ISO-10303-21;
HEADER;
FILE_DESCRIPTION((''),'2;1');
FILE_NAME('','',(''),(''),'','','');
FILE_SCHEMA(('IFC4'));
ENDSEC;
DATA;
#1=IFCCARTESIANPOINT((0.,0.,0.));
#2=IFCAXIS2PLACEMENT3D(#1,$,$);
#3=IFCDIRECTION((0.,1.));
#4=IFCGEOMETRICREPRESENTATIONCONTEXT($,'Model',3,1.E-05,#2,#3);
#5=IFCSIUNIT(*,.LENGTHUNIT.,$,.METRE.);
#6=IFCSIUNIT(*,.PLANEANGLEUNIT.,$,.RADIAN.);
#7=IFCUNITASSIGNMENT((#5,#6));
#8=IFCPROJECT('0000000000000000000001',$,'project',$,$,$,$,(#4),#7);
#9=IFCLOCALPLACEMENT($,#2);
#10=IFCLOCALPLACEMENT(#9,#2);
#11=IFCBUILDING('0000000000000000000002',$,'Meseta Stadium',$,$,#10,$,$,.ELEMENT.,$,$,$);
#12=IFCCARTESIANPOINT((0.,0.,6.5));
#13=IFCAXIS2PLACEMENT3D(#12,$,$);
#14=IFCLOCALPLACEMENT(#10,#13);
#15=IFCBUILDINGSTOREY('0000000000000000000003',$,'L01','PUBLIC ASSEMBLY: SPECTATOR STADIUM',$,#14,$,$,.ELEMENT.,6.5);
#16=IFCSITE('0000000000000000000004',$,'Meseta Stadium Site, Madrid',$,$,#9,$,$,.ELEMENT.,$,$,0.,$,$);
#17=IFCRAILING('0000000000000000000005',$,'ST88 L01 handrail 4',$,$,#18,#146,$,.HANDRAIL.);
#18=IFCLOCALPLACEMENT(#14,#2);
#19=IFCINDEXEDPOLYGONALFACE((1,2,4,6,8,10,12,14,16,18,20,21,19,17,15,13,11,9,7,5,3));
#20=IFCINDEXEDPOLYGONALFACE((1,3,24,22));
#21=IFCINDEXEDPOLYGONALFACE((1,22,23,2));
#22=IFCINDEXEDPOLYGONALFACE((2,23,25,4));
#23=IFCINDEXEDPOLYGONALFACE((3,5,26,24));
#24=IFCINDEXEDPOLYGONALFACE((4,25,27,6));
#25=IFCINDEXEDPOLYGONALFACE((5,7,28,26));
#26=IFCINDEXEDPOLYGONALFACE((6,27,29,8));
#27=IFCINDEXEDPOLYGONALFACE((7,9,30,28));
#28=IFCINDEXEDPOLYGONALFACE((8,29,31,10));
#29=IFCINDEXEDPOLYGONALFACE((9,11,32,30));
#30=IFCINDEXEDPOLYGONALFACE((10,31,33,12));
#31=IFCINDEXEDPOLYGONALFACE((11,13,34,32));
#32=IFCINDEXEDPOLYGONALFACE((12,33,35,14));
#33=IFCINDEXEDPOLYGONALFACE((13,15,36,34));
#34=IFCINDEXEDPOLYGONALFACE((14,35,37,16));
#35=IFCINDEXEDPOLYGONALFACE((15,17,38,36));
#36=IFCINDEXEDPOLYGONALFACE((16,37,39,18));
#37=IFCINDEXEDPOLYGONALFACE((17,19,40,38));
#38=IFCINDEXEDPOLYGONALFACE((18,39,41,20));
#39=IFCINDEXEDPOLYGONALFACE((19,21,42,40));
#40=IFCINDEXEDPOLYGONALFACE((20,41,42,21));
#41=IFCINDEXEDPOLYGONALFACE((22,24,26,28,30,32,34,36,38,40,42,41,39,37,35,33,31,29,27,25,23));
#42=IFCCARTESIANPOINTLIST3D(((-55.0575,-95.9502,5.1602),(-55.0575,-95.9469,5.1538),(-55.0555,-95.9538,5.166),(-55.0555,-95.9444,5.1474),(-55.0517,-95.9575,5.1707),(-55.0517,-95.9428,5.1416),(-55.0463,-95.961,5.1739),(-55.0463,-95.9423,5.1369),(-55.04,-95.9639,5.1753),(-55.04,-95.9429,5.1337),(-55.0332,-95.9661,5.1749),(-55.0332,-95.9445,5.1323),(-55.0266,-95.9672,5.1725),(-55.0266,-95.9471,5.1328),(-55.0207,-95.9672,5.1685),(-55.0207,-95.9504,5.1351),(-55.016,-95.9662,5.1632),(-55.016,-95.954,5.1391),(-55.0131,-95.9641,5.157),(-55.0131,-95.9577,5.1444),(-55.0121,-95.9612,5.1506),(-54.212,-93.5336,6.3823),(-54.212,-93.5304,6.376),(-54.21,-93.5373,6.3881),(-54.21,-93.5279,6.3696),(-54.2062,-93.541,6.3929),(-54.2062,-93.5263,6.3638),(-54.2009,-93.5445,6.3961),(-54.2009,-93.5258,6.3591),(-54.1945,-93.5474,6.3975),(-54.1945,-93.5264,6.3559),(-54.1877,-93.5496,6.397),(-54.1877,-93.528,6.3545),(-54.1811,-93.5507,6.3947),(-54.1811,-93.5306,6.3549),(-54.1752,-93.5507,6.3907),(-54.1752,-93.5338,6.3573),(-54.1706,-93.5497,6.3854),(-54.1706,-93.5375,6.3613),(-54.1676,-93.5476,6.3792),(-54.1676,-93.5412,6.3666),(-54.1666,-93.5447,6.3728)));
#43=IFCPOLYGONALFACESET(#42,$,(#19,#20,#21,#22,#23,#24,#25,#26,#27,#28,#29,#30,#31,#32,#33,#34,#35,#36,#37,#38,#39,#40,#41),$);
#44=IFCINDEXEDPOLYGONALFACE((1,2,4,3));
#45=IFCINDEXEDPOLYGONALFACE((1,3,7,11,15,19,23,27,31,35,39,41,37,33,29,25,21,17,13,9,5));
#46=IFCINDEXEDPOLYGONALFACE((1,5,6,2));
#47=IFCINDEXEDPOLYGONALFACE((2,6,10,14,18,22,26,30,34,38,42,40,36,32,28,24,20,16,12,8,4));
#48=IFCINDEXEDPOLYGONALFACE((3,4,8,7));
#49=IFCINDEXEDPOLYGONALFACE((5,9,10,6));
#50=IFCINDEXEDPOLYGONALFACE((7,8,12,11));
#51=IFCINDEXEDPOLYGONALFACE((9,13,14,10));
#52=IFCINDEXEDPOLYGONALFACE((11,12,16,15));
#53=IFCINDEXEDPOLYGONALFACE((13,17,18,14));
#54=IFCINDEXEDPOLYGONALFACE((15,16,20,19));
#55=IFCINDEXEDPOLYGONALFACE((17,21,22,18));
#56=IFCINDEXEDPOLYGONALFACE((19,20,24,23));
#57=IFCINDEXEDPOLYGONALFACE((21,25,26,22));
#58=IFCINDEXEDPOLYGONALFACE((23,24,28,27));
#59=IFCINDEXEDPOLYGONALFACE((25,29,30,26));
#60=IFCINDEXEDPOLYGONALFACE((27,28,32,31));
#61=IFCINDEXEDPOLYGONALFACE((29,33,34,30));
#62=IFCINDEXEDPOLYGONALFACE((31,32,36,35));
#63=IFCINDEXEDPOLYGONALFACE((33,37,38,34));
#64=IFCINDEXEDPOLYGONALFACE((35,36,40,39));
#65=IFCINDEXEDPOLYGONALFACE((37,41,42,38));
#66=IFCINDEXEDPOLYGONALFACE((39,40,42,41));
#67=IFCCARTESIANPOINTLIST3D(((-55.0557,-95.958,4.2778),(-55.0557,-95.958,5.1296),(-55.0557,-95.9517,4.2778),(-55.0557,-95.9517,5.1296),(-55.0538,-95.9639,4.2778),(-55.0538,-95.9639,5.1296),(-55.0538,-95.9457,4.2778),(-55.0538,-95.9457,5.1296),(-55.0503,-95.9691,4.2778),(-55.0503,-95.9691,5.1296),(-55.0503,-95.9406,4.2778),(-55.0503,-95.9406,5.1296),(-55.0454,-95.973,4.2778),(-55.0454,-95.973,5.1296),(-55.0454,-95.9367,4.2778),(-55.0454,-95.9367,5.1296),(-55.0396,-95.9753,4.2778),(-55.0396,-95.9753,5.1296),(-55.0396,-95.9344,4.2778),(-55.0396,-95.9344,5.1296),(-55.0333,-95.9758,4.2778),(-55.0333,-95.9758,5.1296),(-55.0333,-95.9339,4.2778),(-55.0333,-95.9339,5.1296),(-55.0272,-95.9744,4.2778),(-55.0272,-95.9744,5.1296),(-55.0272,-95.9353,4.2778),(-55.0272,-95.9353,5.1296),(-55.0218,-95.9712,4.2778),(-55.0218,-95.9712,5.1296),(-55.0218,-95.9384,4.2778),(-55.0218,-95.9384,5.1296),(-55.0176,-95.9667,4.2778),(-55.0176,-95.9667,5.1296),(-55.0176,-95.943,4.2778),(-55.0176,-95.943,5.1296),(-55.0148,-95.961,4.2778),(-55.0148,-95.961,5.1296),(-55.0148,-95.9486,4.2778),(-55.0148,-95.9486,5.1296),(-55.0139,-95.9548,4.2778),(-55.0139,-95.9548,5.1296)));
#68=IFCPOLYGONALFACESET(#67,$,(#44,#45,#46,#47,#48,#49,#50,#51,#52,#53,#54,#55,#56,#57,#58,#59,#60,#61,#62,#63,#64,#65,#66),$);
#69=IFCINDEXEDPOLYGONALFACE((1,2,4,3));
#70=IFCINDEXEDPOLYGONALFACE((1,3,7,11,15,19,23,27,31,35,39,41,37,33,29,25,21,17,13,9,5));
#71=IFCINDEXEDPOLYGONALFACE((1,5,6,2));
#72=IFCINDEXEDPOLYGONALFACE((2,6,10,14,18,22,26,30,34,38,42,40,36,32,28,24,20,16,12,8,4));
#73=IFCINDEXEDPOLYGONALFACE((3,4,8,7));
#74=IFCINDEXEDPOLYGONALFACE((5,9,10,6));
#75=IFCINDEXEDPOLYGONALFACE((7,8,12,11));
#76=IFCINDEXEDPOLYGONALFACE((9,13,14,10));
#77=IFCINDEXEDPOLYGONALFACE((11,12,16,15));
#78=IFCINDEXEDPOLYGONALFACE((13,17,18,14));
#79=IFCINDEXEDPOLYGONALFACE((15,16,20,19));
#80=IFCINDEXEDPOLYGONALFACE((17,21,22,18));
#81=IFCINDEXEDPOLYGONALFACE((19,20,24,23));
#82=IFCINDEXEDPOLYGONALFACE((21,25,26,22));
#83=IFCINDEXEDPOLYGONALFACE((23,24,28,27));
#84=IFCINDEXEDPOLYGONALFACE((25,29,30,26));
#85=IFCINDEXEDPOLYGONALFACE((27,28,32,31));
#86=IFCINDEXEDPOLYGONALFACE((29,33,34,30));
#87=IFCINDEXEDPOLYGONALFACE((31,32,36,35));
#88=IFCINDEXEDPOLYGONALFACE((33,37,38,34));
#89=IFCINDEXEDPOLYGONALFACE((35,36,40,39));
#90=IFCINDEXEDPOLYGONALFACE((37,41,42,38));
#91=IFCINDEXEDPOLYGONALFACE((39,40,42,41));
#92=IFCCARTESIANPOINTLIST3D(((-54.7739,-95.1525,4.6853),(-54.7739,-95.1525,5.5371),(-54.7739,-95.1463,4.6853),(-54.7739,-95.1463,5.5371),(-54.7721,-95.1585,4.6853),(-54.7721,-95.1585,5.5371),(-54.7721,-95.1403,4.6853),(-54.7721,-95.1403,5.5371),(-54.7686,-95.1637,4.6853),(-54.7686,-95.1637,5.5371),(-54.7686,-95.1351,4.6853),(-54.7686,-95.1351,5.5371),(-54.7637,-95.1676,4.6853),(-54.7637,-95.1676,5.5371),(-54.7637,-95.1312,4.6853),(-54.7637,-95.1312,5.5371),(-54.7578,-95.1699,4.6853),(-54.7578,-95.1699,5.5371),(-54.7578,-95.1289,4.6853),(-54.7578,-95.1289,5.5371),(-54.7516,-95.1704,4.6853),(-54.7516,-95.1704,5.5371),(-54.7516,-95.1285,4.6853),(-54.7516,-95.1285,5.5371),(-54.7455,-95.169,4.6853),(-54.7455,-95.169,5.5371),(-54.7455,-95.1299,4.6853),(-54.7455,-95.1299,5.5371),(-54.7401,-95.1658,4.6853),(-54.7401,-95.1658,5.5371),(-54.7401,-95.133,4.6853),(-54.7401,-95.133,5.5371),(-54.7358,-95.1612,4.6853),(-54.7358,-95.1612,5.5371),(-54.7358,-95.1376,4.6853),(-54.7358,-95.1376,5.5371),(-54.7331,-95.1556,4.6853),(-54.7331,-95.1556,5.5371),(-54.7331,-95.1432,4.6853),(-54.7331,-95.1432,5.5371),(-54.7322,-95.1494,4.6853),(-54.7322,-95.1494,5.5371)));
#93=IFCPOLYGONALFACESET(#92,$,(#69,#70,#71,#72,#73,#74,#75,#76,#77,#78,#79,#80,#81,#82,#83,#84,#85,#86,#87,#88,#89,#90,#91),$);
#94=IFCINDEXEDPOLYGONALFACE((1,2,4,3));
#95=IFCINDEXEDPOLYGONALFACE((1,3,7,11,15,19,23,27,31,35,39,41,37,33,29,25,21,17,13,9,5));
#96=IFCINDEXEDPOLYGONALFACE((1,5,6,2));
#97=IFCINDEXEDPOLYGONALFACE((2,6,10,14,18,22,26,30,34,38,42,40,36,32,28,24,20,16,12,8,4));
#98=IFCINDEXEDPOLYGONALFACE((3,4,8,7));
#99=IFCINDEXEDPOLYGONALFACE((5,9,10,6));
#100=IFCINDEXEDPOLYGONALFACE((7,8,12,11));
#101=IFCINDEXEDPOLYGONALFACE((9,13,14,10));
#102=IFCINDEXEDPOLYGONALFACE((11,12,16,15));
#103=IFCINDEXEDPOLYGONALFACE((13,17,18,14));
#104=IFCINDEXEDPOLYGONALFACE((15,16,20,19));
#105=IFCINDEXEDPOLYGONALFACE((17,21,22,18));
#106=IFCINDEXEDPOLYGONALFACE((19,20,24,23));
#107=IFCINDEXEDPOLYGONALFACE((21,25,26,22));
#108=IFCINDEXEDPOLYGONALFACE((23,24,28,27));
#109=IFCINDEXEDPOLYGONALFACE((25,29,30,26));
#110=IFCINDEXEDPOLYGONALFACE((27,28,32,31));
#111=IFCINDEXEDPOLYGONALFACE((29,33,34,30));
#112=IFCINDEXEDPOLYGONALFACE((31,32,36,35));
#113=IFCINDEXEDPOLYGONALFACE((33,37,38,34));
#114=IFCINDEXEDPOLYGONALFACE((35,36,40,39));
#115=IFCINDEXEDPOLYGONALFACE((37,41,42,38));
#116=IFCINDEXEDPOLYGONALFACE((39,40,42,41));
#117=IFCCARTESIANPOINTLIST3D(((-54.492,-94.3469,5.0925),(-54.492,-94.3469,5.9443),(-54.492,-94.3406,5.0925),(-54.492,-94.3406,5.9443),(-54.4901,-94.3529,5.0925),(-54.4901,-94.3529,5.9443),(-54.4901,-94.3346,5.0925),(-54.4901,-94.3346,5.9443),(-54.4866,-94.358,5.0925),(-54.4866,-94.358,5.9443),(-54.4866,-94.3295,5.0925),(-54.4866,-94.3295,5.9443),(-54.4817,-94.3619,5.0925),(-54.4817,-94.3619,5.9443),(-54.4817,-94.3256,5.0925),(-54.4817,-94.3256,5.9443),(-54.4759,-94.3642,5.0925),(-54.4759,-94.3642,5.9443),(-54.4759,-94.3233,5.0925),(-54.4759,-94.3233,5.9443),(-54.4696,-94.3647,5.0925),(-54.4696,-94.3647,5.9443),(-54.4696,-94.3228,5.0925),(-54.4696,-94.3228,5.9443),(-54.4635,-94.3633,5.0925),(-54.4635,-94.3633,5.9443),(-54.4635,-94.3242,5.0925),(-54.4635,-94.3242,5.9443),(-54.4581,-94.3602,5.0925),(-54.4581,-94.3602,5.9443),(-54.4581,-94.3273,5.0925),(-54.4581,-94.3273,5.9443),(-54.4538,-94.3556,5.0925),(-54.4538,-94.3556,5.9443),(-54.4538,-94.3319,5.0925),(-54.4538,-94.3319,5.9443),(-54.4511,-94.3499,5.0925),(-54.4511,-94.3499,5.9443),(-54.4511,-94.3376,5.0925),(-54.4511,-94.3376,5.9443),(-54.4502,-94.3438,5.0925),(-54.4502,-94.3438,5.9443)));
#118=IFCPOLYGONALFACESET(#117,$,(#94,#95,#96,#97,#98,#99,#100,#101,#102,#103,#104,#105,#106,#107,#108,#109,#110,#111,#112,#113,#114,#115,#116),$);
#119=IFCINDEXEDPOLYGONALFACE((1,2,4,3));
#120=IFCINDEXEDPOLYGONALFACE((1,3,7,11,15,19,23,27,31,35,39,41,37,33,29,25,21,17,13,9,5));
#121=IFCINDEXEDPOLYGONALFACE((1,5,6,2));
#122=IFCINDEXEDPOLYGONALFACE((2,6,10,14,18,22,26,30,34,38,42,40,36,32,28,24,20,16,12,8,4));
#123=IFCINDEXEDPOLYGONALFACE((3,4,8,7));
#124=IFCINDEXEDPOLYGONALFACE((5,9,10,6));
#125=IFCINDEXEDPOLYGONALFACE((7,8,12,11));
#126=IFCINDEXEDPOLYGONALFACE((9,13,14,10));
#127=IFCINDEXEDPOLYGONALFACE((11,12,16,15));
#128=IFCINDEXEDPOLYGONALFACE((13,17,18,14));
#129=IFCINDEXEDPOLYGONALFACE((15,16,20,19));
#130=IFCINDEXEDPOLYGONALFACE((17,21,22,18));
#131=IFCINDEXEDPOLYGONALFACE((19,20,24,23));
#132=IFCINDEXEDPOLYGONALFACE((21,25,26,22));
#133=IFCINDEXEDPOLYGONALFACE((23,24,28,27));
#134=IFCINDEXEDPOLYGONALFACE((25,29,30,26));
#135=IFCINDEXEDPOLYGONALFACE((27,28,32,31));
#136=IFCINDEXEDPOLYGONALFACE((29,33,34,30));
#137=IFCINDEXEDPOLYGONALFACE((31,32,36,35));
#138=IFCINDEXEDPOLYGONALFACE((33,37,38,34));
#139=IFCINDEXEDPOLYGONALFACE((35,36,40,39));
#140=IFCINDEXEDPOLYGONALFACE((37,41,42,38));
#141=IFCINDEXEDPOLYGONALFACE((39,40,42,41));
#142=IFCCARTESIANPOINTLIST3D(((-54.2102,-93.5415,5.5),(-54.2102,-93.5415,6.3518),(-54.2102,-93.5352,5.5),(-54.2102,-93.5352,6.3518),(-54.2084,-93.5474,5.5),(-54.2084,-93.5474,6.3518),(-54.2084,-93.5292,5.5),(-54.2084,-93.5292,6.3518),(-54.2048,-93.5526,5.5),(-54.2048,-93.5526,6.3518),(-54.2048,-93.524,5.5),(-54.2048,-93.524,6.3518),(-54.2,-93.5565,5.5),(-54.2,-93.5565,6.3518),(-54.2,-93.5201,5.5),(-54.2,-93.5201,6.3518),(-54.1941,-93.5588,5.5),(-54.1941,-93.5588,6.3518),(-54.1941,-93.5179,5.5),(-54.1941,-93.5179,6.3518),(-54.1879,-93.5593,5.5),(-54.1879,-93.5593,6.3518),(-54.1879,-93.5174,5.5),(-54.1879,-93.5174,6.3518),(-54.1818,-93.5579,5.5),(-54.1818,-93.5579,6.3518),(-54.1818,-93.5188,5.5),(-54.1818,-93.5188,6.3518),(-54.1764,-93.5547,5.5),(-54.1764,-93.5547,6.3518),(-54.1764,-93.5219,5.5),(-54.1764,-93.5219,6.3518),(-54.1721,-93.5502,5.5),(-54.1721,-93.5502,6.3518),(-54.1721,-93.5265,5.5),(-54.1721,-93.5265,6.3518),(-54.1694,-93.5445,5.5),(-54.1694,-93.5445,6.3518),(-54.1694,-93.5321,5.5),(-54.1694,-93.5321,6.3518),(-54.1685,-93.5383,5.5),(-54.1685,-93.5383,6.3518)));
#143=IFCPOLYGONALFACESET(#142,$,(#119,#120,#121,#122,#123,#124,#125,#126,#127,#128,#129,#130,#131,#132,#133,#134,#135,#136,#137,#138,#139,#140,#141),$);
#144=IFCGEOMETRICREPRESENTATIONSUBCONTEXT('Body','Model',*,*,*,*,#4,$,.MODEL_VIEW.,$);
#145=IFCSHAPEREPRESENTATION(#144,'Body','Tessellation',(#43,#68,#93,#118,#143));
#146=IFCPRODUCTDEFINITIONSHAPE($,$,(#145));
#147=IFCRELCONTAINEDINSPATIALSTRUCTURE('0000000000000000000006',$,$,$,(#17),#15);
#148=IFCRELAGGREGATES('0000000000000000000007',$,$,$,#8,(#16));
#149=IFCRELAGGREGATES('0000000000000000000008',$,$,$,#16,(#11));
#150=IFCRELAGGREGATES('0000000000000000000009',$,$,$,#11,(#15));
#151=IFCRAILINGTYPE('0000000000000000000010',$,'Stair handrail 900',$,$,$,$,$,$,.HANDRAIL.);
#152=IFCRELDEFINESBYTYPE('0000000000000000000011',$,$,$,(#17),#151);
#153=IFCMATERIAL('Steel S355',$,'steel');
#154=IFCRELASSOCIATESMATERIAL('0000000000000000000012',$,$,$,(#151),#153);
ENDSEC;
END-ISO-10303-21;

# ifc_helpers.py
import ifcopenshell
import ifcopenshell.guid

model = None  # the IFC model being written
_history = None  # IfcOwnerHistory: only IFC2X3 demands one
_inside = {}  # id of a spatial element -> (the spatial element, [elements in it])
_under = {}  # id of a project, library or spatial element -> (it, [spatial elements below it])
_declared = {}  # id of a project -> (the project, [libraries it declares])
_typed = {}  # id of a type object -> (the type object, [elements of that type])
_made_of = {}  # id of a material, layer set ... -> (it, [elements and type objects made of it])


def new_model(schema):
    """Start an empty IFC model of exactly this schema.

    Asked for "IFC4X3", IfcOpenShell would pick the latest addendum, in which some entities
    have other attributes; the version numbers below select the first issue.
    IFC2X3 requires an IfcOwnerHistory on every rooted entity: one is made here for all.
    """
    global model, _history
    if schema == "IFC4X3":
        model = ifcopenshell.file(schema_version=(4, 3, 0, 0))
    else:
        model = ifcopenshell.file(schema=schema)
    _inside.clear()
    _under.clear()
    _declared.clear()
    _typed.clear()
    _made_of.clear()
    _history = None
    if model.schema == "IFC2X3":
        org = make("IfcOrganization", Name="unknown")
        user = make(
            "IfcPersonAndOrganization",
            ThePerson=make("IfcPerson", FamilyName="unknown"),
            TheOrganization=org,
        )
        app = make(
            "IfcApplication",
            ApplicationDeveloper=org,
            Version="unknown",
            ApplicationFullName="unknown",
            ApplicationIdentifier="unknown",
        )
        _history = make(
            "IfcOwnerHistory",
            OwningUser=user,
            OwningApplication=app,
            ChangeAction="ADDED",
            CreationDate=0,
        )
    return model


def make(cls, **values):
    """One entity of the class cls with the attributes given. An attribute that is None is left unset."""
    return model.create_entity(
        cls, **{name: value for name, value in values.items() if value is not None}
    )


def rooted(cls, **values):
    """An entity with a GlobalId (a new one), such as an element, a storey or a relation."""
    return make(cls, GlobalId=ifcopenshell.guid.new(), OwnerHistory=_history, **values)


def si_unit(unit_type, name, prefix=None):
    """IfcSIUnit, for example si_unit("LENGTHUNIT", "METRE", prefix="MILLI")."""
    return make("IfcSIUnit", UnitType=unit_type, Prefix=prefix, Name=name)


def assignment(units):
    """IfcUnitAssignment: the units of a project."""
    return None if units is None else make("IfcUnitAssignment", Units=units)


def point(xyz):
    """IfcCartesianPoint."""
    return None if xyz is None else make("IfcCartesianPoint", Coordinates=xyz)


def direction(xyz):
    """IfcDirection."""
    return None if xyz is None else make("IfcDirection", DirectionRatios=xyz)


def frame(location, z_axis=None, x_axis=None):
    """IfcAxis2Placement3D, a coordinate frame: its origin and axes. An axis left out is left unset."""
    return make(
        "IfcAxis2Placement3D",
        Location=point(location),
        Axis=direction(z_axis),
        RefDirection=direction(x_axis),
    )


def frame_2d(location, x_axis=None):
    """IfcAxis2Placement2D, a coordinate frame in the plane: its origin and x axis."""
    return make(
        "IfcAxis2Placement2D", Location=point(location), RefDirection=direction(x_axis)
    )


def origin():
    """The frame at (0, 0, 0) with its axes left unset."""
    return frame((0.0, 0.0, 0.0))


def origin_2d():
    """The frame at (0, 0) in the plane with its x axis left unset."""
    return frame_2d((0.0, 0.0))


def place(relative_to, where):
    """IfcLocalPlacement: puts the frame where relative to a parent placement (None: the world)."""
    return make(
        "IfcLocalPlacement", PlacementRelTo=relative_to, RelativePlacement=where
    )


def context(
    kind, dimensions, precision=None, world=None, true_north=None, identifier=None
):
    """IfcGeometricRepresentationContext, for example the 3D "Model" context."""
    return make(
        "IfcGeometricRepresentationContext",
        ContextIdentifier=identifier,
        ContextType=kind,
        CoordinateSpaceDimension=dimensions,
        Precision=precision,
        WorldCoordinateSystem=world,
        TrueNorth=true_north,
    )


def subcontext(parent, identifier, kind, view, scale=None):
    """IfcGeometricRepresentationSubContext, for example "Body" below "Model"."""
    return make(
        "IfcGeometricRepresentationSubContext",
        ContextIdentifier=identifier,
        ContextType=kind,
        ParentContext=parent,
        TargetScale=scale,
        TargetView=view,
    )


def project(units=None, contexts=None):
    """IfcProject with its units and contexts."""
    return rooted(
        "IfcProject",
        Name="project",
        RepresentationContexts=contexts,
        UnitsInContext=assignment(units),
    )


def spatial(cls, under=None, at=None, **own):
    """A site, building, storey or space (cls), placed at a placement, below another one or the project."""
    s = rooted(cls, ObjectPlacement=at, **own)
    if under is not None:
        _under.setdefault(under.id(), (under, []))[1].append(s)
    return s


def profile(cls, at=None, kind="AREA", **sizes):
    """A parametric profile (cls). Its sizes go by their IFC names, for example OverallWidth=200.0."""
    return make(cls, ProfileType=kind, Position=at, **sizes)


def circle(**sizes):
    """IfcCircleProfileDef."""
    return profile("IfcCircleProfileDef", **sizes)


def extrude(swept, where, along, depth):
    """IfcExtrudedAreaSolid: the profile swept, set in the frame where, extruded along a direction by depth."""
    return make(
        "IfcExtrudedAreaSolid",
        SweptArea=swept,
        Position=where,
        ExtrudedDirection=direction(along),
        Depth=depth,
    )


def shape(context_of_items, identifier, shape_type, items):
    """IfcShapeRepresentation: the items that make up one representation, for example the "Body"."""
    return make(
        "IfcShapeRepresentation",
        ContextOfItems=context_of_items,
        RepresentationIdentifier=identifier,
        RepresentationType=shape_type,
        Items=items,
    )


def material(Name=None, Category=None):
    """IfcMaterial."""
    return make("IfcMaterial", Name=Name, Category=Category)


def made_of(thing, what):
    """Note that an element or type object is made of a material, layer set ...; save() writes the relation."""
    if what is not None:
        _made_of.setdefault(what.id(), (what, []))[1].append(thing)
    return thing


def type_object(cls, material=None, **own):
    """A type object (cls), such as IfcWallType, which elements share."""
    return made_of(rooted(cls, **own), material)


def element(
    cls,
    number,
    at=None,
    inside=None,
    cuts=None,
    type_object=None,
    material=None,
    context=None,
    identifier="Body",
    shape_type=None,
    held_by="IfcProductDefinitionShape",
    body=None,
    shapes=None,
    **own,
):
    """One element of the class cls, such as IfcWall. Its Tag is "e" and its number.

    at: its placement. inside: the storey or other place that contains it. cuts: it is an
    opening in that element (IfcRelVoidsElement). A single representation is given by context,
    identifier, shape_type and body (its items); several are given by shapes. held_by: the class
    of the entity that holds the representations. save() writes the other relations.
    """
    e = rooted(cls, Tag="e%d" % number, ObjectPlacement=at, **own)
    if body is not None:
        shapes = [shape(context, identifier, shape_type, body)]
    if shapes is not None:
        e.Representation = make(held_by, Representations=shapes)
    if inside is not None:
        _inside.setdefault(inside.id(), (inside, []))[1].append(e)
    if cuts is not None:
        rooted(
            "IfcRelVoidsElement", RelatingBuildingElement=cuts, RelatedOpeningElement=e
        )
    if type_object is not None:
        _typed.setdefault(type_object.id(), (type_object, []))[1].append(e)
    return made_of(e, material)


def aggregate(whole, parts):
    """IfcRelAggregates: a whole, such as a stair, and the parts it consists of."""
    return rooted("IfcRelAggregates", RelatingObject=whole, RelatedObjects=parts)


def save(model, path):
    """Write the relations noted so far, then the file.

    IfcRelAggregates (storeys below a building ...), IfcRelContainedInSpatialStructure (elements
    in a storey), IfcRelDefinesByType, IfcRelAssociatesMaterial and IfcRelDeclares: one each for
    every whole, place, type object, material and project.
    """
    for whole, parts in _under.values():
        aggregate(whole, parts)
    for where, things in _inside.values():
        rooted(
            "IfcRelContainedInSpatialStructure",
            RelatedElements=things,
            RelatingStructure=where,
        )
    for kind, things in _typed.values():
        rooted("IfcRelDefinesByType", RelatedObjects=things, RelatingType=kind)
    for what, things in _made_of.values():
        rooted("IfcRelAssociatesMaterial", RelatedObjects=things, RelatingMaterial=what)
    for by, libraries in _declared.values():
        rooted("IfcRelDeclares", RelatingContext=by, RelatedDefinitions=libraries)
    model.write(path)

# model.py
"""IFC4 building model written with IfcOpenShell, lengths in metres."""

from ifc_helpers import new_model, si_unit, direction, frame, origin, origin_2d, place, context, subcontext, project, spatial, circle, extrude, material, type_object, element, save


model = new_model("IFC4")

# Units and contexts
model_context = context("Model", 3, precision=1e-05, world=origin(), true_north=direction((0.0, 1.0)))
body_context = subcontext(model_context, "Body", "Model", "MODEL_VIEW")
ifc_project = project(units=[si_unit("LENGTHUNIT", "METRE"), si_unit("PLANEANGLEUNIT", "RADIAN")], contexts=[model_context])

# Site, building, storey
site_placement = place(None, origin())
site = spatial("IfcSite", under=ifc_project, at=site_placement, Name="Meseta Stadium Site, Madrid", CompositionType="ELEMENT", RefElevation=0.0)
building_placement = place(site_placement, origin())
building = spatial("IfcBuilding", under=site, at=building_placement, Name="Meseta Stadium", CompositionType="ELEMENT")
storey_placement = place(building_placement, frame((0.0, 0.0, 6.5)))
storey = spatial("IfcBuildingStorey", under=building, at=storey_placement, Name="L01", Description="PUBLIC ASSEMBLY: SPECTATOR STADIUM", CompositionType="ELEMENT", Elevation=6.5)

# Railing
ifc_material_1 = material(Name="Steel S355", Category="steel")
railing_type_1 = type_object("IfcRailingType", Name="Stair handrail 900", PredefinedType="HANDRAIL", material=ifc_material_1)
for number, where, name in (
    (1, (-55.0349, -95.9548, 4.2778), "ST88 L01 handrail 4"),
):
    element("IfcRailing", number, at=place(storey_placement, frame(where)), inside=storey, type_object=railing_type_1, Name=name, PredefinedType="HANDRAIL", context=body_context, shape_type="SweptSolid", body=[
        extrude(circle(Radius=0.0239, at=origin_2d()), frame((0.0, 0.0, 0.876), z_axis=(0.298022, 0.851812, 0.430811), x_axis=(-0.943897, 0.33024, 0.0)), (0.0, 0.0, 1.0), 2.8369),
        extrude(circle(Radius=0.021, at=origin_2d()), origin(), (0.0, 0.0, 1.0), 0.8518),
        extrude(circle(Radius=0.021, at=origin_2d()), frame((0.2817, 0.8054, 0.4075)), (0.0, 0.0, 1.0), 0.8518),
        extrude(circle(Radius=0.021, at=origin_2d()), frame((0.5637, 1.6111, 0.8147)), (0.0, 0.0, 1.0), 0.8518),
        extrude(circle(Radius=0.021, at=origin_2d()), frame((0.8455, 2.4165, 1.2222)), (0.0, 0.0, 1.0), 0.8518),
    ])

save(model, "model.ifc")
